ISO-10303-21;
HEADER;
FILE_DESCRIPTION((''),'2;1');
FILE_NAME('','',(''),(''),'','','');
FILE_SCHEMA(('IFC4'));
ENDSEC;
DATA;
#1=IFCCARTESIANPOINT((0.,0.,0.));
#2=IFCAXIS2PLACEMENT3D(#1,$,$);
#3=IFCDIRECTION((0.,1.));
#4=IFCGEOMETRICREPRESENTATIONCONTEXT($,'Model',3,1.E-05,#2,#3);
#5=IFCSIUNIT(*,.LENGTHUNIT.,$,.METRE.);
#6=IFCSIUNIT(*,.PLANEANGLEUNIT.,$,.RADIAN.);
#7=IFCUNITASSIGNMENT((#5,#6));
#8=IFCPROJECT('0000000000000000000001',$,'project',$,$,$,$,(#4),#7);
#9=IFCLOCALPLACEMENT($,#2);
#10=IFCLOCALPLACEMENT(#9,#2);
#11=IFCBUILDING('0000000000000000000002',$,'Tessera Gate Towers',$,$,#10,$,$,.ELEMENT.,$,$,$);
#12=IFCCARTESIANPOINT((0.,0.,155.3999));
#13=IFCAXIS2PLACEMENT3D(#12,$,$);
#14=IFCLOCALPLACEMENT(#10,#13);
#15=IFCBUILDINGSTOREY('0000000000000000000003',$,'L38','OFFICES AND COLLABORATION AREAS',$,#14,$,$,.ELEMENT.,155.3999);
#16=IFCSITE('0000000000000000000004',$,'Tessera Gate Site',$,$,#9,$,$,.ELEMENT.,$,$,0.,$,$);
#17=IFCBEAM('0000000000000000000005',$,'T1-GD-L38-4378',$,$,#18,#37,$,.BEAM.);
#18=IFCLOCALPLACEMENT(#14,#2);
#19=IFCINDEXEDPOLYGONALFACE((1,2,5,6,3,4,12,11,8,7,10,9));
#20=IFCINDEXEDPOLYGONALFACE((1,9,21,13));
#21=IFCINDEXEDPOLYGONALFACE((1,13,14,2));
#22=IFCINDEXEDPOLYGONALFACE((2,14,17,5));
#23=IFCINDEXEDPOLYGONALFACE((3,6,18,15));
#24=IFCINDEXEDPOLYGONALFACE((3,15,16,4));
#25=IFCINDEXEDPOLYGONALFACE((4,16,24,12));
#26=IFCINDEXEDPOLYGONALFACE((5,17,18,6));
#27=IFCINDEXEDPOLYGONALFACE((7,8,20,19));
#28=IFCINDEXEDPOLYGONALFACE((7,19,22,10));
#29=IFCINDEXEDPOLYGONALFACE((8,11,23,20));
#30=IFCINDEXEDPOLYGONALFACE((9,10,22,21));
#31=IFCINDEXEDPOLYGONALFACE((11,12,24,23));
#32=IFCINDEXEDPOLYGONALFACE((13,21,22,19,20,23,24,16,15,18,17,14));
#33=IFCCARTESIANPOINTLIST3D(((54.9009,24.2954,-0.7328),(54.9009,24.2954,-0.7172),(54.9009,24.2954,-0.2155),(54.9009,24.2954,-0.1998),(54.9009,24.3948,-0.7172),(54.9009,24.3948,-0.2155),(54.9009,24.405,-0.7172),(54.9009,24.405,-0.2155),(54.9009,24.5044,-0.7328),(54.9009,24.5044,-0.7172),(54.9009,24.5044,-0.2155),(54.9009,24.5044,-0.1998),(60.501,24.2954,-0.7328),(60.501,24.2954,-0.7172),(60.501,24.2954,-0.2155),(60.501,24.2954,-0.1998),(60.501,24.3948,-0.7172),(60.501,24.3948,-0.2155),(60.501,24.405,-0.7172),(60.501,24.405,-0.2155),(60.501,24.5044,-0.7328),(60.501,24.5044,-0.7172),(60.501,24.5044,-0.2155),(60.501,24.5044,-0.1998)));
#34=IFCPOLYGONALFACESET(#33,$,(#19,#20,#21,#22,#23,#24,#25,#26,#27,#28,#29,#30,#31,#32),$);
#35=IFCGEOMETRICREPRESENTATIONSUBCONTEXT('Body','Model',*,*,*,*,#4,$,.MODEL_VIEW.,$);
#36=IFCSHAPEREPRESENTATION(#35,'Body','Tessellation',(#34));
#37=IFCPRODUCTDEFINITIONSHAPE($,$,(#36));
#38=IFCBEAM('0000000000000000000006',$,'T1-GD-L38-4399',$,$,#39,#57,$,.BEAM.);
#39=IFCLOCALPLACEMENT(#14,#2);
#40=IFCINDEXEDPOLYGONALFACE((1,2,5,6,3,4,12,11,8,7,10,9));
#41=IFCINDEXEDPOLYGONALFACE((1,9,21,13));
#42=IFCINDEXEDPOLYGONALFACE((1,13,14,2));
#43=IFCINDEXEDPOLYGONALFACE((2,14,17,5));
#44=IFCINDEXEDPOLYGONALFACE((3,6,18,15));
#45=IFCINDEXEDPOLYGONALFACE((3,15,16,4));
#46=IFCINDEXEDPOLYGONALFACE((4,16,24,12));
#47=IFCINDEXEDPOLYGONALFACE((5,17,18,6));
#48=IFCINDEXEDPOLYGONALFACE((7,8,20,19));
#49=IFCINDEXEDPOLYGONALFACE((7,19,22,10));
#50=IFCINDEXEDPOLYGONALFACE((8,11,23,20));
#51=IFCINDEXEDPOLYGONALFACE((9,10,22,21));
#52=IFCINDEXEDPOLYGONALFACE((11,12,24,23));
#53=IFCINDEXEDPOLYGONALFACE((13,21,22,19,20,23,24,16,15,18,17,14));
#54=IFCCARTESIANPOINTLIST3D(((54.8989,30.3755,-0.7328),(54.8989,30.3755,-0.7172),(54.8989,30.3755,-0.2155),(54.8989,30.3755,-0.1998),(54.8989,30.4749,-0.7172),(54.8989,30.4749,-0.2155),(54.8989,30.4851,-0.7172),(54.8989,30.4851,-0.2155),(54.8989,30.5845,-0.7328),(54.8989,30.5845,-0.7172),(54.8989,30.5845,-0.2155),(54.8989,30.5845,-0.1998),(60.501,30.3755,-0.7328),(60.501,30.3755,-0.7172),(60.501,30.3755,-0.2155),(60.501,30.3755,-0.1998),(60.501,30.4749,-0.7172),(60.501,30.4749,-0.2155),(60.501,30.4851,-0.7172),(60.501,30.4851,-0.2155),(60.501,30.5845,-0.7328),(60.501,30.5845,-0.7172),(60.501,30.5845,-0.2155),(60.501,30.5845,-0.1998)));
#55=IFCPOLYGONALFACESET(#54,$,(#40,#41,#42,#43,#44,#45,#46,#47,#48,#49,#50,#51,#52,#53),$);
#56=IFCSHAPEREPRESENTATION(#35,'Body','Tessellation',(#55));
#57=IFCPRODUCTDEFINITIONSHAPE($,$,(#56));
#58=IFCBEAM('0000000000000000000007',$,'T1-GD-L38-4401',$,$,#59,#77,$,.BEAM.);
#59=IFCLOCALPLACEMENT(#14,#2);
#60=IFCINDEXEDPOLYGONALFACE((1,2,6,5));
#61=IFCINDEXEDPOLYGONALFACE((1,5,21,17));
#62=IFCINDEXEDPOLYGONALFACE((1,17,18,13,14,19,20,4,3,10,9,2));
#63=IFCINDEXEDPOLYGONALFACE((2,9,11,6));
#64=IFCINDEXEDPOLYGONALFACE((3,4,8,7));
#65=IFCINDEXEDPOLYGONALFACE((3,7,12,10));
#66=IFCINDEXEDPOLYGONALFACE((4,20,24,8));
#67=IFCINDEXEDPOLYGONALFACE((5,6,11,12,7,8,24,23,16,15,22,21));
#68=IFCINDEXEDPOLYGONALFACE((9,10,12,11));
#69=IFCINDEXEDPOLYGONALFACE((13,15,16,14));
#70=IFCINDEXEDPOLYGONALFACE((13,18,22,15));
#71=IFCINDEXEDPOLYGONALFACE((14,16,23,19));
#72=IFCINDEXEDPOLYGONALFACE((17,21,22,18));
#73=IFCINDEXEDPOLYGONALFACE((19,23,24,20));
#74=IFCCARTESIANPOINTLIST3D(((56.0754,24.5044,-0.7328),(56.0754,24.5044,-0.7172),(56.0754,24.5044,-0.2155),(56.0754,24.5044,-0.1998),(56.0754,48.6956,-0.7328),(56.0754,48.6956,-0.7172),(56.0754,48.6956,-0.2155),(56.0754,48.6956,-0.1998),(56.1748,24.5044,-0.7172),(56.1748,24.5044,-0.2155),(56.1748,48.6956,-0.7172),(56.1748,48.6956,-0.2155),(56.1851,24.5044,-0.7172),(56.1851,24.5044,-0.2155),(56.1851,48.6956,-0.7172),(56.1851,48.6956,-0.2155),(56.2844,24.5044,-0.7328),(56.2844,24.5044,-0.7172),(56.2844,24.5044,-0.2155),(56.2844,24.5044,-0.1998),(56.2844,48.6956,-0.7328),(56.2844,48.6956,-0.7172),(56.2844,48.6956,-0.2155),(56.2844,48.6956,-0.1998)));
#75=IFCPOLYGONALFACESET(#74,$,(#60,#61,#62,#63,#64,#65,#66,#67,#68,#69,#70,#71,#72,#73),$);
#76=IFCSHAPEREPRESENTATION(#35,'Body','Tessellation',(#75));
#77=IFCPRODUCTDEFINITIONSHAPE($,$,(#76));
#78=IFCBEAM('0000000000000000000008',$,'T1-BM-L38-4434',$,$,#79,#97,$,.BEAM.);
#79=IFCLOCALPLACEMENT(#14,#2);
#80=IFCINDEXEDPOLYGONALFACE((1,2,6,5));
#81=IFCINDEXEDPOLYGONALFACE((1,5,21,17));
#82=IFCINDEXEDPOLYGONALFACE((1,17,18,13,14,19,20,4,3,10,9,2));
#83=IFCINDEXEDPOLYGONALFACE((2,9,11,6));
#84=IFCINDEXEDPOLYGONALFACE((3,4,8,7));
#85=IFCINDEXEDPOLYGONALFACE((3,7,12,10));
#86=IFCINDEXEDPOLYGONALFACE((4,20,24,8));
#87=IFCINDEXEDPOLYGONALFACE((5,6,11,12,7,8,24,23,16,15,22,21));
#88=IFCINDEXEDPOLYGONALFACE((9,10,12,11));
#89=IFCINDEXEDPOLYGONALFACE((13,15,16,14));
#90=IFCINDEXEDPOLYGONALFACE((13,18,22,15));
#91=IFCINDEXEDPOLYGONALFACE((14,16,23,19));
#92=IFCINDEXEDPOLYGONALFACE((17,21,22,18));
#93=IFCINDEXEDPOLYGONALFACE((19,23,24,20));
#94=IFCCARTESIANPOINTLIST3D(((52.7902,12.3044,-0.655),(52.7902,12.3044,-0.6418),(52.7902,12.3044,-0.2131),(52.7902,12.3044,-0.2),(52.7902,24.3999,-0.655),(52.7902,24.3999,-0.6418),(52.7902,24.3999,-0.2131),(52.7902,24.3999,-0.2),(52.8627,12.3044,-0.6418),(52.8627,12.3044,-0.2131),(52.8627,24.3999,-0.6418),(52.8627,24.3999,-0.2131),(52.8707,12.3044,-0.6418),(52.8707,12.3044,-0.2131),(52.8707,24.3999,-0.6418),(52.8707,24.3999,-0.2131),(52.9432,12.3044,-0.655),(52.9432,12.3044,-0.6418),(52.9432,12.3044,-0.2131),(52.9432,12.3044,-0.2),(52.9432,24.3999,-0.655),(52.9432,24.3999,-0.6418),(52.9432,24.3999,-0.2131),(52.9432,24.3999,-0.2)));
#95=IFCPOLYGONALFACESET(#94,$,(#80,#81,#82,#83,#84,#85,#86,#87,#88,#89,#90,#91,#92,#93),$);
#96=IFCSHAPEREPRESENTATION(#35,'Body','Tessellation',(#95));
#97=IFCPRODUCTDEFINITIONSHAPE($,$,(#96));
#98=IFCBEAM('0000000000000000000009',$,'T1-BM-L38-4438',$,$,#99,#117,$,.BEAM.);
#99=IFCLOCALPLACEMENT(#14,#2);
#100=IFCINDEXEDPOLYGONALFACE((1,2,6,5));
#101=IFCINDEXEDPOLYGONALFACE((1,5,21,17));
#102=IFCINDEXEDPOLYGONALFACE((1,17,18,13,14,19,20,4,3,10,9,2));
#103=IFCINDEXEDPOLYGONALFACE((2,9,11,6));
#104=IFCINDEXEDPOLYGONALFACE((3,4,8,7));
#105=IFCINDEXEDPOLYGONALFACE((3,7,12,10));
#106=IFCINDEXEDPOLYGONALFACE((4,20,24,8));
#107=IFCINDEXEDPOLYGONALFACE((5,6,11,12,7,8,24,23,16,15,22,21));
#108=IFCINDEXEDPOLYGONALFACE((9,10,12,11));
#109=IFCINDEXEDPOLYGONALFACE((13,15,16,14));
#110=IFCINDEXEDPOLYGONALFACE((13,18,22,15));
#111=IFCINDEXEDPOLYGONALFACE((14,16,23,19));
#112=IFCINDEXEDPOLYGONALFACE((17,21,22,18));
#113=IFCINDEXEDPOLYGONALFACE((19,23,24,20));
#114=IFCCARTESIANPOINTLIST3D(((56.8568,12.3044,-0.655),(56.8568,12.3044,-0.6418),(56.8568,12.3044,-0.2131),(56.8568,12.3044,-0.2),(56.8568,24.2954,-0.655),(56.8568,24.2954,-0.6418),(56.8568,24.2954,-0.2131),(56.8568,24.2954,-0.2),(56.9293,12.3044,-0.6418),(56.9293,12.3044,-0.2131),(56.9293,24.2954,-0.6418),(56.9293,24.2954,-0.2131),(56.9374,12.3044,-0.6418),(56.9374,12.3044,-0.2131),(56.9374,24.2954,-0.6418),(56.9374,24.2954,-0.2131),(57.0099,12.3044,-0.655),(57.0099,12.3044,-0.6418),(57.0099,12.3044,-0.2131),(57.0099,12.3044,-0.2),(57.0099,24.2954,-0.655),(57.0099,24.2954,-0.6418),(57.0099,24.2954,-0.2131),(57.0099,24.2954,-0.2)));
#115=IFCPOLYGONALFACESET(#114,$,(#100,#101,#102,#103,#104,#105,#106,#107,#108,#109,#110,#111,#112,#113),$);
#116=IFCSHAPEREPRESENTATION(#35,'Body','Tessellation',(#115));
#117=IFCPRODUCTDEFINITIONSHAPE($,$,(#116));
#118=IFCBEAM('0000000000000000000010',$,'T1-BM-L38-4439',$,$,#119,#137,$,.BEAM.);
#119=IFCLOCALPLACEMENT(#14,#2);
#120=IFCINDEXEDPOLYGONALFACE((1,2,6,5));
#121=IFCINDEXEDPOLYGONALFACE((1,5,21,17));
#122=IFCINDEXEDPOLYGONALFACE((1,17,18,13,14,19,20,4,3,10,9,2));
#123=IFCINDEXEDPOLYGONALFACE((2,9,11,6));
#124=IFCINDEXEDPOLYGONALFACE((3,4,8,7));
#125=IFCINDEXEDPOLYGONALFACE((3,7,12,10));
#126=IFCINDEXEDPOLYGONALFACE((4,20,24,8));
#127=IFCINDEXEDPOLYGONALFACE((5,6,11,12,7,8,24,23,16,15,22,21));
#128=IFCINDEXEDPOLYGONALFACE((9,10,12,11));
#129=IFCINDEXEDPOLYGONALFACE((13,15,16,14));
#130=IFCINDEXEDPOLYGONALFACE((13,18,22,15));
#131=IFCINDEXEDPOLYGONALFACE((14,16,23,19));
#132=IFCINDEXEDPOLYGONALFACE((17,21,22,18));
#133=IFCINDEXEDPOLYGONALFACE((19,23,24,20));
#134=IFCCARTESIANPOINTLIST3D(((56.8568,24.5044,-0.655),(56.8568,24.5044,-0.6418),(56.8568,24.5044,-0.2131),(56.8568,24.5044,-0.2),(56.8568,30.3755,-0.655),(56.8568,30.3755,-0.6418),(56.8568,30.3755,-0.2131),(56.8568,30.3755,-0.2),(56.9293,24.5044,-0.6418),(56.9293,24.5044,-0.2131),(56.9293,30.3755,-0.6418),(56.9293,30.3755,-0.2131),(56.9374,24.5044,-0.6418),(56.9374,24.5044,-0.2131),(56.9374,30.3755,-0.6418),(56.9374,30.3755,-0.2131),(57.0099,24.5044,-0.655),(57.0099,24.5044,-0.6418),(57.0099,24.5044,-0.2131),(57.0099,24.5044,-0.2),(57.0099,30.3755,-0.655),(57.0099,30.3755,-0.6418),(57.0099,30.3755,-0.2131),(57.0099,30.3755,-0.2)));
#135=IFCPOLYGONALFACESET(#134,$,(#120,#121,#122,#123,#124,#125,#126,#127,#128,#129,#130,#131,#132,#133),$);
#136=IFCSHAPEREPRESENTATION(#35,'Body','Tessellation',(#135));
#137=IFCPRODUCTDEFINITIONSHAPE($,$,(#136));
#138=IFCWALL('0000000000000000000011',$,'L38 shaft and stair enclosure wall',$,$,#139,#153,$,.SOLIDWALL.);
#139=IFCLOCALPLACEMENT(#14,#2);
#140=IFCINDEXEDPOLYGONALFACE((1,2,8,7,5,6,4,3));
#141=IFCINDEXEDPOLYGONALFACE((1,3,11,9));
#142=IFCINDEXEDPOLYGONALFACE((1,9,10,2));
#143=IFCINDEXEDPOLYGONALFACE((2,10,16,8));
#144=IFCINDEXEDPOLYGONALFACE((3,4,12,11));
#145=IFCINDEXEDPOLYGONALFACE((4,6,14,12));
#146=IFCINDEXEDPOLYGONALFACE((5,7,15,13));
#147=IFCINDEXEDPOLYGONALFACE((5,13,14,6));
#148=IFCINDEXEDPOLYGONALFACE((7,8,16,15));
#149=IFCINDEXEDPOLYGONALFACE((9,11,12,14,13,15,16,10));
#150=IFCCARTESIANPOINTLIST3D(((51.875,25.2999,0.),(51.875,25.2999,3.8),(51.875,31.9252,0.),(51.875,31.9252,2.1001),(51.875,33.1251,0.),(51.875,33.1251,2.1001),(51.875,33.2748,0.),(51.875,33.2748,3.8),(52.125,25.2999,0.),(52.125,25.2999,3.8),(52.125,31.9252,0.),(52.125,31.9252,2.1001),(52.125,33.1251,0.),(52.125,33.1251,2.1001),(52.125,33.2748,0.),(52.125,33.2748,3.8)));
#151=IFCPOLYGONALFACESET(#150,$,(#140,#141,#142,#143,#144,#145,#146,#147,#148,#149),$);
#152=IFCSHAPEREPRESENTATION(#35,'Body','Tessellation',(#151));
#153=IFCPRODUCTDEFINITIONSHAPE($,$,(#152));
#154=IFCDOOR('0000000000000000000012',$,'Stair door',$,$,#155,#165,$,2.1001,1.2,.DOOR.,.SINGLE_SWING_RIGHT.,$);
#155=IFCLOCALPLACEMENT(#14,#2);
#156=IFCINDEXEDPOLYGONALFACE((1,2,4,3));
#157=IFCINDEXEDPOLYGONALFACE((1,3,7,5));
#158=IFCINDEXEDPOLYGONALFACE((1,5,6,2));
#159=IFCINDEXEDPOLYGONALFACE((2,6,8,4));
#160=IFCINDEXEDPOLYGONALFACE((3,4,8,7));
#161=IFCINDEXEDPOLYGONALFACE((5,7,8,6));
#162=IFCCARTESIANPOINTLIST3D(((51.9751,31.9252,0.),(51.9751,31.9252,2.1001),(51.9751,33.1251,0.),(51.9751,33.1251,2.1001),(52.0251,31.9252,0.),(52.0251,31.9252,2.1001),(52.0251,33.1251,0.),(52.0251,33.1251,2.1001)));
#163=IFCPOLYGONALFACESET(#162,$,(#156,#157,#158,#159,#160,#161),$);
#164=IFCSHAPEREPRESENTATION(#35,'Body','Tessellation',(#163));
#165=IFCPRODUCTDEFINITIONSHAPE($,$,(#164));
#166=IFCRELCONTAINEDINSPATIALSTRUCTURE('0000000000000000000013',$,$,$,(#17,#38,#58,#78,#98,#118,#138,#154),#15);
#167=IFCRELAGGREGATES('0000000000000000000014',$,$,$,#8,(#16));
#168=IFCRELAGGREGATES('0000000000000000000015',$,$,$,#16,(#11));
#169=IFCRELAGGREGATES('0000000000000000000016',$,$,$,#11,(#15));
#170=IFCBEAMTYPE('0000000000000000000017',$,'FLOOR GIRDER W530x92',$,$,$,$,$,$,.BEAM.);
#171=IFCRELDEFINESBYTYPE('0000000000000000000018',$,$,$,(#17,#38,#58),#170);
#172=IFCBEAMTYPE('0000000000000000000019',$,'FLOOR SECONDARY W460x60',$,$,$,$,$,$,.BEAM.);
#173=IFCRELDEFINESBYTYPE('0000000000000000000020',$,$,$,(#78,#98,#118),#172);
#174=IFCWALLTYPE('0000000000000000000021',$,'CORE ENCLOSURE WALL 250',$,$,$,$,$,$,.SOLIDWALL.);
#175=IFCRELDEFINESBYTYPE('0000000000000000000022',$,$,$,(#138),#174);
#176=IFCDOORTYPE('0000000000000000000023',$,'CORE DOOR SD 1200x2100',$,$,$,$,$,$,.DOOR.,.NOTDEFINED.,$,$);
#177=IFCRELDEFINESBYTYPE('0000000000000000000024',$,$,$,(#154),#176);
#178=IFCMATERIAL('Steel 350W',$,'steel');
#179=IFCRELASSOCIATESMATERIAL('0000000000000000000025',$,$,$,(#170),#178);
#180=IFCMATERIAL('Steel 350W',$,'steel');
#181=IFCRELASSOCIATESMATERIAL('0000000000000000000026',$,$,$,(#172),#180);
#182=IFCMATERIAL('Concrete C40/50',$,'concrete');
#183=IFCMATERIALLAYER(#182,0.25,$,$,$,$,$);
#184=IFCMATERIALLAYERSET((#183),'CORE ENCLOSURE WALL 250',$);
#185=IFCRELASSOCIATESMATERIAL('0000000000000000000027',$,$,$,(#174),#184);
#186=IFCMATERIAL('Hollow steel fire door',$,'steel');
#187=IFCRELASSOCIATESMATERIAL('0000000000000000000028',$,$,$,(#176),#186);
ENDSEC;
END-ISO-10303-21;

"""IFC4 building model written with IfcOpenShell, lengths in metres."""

from ifc_helpers import new_model, si_unit, direction, frame, frame_2d, origin, origin_2d, place, context, subcontext, project, spatial, rectangle, i_section, extrude, source, transform, mapped, material, layer, layer_set, material_profile, profile_set, type_object, element, fill, save


model = new_model("IFC4")

# Units and contexts
model_context = context("Model", 3, precision=1e-05, world=origin(), true_north=direction((0.0, 1.0)))
body_context = subcontext(model_context, "Body", "Model", "MODEL_VIEW")
ifc_project = project(units=[si_unit("LENGTHUNIT", "METRE"), si_unit("PLANEANGLEUNIT", "RADIAN")], contexts=[model_context])

# Site, building, storey
site_placement = place(None, origin())
site = spatial("IfcSite", under=ifc_project, at=site_placement, Name="Tessera Gate Site", CompositionType="ELEMENT", RefElevation=0.0)
building_placement = place(site_placement, origin())
building = spatial("IfcBuilding", under=site, at=building_placement, Name="Tessera Gate Towers", CompositionType="ELEMENT")
storey_placement = place(building_placement, frame((0.0, 0.0, 155.3999)))
storey = spatial("IfcBuildingStorey", under=building, at=storey_placement, Name="L38", Description="OFFICES AND COLLABORATION AREAS", CompositionType="ELEMENT", Elevation=155.3999)

# Beams
ifc_material_1 = material(Name="Steel 350W", Category="steel")
ifc_material_profile_1 = material_profile(ifc_material_1, i_section(OverallWidth=0.209, OverallDepth=0.533, WebThickness=0.0103, FlangeThickness=0.0156, at=origin_2d()), Name="W530x92")
ifc_profile_set_1 = profile_set([ifc_material_profile_1], Name="Steel 350W")
beam_type_1 = type_object("IfcBeamType", Name="FLOOR GIRDER W530x92", PredefinedType="BEAM", material=ifc_profile_set_1)
beam_1_placement = place(storey_placement, frame((54.9009, 24.3999, -0.4663), z_axis=(1.0, 0.0, 0.0), x_axis=(0.0, 1.0, 0.0)))
element("IfcBeam", 1, at=beam_1_placement, inside=storey, type_object=beam_type_1, Name="T1-GD-L38-4378", PredefinedType="BEAM", context=body_context, shape_type="SweptSolid", body=[
    extrude(i_section(OverallWidth=0.209, OverallDepth=0.533, WebThickness=0.0103, FlangeThickness=0.0156, at=origin_2d()), origin(), (0.0, 0.0, 1.0), 5.6001),
])
beam_2_placement = place(storey_placement, frame((54.8989, 30.48, -0.4663), z_axis=(1.0, 0.0, 0.0), x_axis=(0.0, 1.0, 0.0)))
element("IfcBeam", 2, at=beam_2_placement, inside=storey, type_object=beam_type_1, Name="T1-GD-L38-4399", PredefinedType="BEAM", context=body_context, shape_type="SweptSolid", body=[
    extrude(i_section(OverallWidth=0.209, OverallDepth=0.533, WebThickness=0.0103, FlangeThickness=0.0156, at=origin_2d()), origin(), (0.0, 0.0, 1.0), 5.6021),
])
beam_3_placement = place(storey_placement, frame((56.1799, 24.5044, -0.4663), z_axis=(0.0, 1.0, 0.0), x_axis=(-1.0, 0.0, 0.0)))
element("IfcBeam", 3, at=beam_3_placement, inside=storey, type_object=beam_type_1, Name="T1-GD-L38-4401", PredefinedType="BEAM", context=body_context, shape_type="SweptSolid", body=[
    extrude(i_section(OverallWidth=0.209, OverallDepth=0.533, WebThickness=0.0103, FlangeThickness=0.0156, at=origin_2d()), origin(), (0.0, 0.0, 1.0), 24.1912),
])
ifc_material_2 = material(Name="Steel 350W", Category="steel")
ifc_material_profile_2 = material_profile(ifc_material_2, i_section(OverallWidth=0.1531, OverallDepth=0.4551, WebThickness=0.0081, FlangeThickness=0.0132, at=origin_2d()), Name="W460x60")
ifc_profile_set_2 = profile_set([ifc_material_profile_2], Name="Steel 350W")
beam_type_2 = type_object("IfcBeamType", Name="FLOOR SECONDARY W460x60", PredefinedType="BEAM", material=ifc_profile_set_2)
beam_4_placement = place(storey_placement, frame((52.8667, 12.3044, -0.4275), z_axis=(0.0, 1.0, 0.0), x_axis=(-1.0, 0.0, 0.0)))
element("IfcBeam", 4, at=beam_4_placement, inside=storey, type_object=beam_type_2, Name="T1-BM-L38-4434", PredefinedType="BEAM", context=body_context, shape_type="SweptSolid", body=[
    extrude(i_section(OverallWidth=0.1531, OverallDepth=0.4551, WebThickness=0.0081, FlangeThickness=0.0132, at=origin_2d()), origin(), (0.0, 0.0, 1.0), 12.0955),
])
beam_5_placement = place(storey_placement, frame((56.9333, 12.3044, -0.4275), z_axis=(0.0, 1.0, 0.0), x_axis=(-1.0, 0.0, 0.0)))
element("IfcBeam", 5, at=beam_5_placement, inside=storey, type_object=beam_type_2, Name="T1-BM-L38-4438", PredefinedType="BEAM", context=body_context, shape_type="SweptSolid", body=[
    extrude(i_section(OverallWidth=0.1531, OverallDepth=0.4551, WebThickness=0.0081, FlangeThickness=0.0132, at=origin_2d()), origin(), (0.0, 0.0, 1.0), 11.991),
])
beam_6_placement = place(storey_placement, frame((56.9333, 24.5044, -0.4275), z_axis=(0.0, 1.0, 0.0), x_axis=(-1.0, 0.0, 0.0)))
element("IfcBeam", 6, at=beam_6_placement, inside=storey, type_object=beam_type_2, Name="T1-BM-L38-4439", PredefinedType="BEAM", context=body_context, shape_type="SweptSolid", body=[
    extrude(i_section(OverallWidth=0.1531, OverallDepth=0.4551, WebThickness=0.0081, FlangeThickness=0.0132, at=origin_2d()), origin(), (0.0, 0.0, 1.0), 5.8711),
])

# Wall, opening, door
ifc_material_3 = material(Name="Concrete C40/50", Category="concrete")
ifc_layer_1 = layer(ifc_material_3, 0.25)
ifc_layer_set_1 = layer_set([ifc_layer_1], Name="CORE ENCLOSURE WALL 250")
wall_type_1 = type_object("IfcWallType", Name="CORE ENCLOSURE WALL 250", PredefinedType="SOLIDWALL", material=ifc_layer_set_1)
wall_1_placement = place(storey_placement, frame((52.0, 25.3, 0.0), z_axis=(0.0, 0.0, 1.0), x_axis=(0.0, 1.0, 0.0)))
wall_1 = element("IfcWall", 7, at=wall_1_placement, inside=storey, type_object=wall_type_1, Name="L38 shaft and stair enclosure wall", PredefinedType="SOLIDWALL", context=body_context, shape_type="SweptSolid", body=[
    extrude(rectangle(XDim=7.9749, YDim=0.25, at=frame_2d((3.9873, 0.0))), origin(), (0.0, 0.0, 1.0), 3.8),
])
shared_shape_1 = source(origin(), body_context, "Body", "SweptSolid", [
    extrude(rectangle(XDim=1.2, YDim=2.1001, at=frame_2d((0.6001, 1.05))), frame((0.0, 0.135, 0.0), z_axis=(0.0, -1.0, 0.0), x_axis=(1.0, 0.0, 0.0)), (0.0, 0.0, 1.0), 0.27),
])
opening_1_placement = place(wall_1_placement, frame((6.625, 0.0, 0.0)))
opening_1 = element("IfcOpeningElement", 8, at=opening_1_placement, cuts=wall_1, PredefinedType="OPENING", context=body_context, shape_type="MappedRepresentation", body=[
    mapped(shared_shape_1, transform((0.0, 0.0, 0.0), scale=1.0)),
])
ifc_material_4 = material(Name="Hollow steel fire door", Category="steel")
door_type_1 = type_object("IfcDoorType", Name="CORE DOOR SD 1200x2100", OperationType="NOTDEFINED", PredefinedType="DOOR", material=ifc_material_4)
shared_shape_2 = source(origin(), body_context, "Body", "SweptSolid", [
    extrude(rectangle(XDim=1.2, YDim=2.1001, at=frame_2d((0.6001, 1.05))), frame((0.0, 0.0249, 0.0), z_axis=(0.0, -1.0, 0.0), x_axis=(1.0, 0.0, 0.0)), (0.0, 0.0, 1.0), 0.05),
])
door_1_placement = place(opening_1_placement, origin())
door_1 = element("IfcDoor", 9, at=door_1_placement, inside=storey, type_object=door_type_1, Name="Stair door", OperationType="SINGLE_SWING_RIGHT", OverallHeight=2.1001, OverallWidth=1.2, PredefinedType="DOOR", context=body_context, shape_type="MappedRepresentation", body=[
    mapped(shared_shape_2, transform((0.0, 0.0, 0.0), scale=1.0)),
])
fill(opening_1, door_1)

save(model, "model.ifc")
